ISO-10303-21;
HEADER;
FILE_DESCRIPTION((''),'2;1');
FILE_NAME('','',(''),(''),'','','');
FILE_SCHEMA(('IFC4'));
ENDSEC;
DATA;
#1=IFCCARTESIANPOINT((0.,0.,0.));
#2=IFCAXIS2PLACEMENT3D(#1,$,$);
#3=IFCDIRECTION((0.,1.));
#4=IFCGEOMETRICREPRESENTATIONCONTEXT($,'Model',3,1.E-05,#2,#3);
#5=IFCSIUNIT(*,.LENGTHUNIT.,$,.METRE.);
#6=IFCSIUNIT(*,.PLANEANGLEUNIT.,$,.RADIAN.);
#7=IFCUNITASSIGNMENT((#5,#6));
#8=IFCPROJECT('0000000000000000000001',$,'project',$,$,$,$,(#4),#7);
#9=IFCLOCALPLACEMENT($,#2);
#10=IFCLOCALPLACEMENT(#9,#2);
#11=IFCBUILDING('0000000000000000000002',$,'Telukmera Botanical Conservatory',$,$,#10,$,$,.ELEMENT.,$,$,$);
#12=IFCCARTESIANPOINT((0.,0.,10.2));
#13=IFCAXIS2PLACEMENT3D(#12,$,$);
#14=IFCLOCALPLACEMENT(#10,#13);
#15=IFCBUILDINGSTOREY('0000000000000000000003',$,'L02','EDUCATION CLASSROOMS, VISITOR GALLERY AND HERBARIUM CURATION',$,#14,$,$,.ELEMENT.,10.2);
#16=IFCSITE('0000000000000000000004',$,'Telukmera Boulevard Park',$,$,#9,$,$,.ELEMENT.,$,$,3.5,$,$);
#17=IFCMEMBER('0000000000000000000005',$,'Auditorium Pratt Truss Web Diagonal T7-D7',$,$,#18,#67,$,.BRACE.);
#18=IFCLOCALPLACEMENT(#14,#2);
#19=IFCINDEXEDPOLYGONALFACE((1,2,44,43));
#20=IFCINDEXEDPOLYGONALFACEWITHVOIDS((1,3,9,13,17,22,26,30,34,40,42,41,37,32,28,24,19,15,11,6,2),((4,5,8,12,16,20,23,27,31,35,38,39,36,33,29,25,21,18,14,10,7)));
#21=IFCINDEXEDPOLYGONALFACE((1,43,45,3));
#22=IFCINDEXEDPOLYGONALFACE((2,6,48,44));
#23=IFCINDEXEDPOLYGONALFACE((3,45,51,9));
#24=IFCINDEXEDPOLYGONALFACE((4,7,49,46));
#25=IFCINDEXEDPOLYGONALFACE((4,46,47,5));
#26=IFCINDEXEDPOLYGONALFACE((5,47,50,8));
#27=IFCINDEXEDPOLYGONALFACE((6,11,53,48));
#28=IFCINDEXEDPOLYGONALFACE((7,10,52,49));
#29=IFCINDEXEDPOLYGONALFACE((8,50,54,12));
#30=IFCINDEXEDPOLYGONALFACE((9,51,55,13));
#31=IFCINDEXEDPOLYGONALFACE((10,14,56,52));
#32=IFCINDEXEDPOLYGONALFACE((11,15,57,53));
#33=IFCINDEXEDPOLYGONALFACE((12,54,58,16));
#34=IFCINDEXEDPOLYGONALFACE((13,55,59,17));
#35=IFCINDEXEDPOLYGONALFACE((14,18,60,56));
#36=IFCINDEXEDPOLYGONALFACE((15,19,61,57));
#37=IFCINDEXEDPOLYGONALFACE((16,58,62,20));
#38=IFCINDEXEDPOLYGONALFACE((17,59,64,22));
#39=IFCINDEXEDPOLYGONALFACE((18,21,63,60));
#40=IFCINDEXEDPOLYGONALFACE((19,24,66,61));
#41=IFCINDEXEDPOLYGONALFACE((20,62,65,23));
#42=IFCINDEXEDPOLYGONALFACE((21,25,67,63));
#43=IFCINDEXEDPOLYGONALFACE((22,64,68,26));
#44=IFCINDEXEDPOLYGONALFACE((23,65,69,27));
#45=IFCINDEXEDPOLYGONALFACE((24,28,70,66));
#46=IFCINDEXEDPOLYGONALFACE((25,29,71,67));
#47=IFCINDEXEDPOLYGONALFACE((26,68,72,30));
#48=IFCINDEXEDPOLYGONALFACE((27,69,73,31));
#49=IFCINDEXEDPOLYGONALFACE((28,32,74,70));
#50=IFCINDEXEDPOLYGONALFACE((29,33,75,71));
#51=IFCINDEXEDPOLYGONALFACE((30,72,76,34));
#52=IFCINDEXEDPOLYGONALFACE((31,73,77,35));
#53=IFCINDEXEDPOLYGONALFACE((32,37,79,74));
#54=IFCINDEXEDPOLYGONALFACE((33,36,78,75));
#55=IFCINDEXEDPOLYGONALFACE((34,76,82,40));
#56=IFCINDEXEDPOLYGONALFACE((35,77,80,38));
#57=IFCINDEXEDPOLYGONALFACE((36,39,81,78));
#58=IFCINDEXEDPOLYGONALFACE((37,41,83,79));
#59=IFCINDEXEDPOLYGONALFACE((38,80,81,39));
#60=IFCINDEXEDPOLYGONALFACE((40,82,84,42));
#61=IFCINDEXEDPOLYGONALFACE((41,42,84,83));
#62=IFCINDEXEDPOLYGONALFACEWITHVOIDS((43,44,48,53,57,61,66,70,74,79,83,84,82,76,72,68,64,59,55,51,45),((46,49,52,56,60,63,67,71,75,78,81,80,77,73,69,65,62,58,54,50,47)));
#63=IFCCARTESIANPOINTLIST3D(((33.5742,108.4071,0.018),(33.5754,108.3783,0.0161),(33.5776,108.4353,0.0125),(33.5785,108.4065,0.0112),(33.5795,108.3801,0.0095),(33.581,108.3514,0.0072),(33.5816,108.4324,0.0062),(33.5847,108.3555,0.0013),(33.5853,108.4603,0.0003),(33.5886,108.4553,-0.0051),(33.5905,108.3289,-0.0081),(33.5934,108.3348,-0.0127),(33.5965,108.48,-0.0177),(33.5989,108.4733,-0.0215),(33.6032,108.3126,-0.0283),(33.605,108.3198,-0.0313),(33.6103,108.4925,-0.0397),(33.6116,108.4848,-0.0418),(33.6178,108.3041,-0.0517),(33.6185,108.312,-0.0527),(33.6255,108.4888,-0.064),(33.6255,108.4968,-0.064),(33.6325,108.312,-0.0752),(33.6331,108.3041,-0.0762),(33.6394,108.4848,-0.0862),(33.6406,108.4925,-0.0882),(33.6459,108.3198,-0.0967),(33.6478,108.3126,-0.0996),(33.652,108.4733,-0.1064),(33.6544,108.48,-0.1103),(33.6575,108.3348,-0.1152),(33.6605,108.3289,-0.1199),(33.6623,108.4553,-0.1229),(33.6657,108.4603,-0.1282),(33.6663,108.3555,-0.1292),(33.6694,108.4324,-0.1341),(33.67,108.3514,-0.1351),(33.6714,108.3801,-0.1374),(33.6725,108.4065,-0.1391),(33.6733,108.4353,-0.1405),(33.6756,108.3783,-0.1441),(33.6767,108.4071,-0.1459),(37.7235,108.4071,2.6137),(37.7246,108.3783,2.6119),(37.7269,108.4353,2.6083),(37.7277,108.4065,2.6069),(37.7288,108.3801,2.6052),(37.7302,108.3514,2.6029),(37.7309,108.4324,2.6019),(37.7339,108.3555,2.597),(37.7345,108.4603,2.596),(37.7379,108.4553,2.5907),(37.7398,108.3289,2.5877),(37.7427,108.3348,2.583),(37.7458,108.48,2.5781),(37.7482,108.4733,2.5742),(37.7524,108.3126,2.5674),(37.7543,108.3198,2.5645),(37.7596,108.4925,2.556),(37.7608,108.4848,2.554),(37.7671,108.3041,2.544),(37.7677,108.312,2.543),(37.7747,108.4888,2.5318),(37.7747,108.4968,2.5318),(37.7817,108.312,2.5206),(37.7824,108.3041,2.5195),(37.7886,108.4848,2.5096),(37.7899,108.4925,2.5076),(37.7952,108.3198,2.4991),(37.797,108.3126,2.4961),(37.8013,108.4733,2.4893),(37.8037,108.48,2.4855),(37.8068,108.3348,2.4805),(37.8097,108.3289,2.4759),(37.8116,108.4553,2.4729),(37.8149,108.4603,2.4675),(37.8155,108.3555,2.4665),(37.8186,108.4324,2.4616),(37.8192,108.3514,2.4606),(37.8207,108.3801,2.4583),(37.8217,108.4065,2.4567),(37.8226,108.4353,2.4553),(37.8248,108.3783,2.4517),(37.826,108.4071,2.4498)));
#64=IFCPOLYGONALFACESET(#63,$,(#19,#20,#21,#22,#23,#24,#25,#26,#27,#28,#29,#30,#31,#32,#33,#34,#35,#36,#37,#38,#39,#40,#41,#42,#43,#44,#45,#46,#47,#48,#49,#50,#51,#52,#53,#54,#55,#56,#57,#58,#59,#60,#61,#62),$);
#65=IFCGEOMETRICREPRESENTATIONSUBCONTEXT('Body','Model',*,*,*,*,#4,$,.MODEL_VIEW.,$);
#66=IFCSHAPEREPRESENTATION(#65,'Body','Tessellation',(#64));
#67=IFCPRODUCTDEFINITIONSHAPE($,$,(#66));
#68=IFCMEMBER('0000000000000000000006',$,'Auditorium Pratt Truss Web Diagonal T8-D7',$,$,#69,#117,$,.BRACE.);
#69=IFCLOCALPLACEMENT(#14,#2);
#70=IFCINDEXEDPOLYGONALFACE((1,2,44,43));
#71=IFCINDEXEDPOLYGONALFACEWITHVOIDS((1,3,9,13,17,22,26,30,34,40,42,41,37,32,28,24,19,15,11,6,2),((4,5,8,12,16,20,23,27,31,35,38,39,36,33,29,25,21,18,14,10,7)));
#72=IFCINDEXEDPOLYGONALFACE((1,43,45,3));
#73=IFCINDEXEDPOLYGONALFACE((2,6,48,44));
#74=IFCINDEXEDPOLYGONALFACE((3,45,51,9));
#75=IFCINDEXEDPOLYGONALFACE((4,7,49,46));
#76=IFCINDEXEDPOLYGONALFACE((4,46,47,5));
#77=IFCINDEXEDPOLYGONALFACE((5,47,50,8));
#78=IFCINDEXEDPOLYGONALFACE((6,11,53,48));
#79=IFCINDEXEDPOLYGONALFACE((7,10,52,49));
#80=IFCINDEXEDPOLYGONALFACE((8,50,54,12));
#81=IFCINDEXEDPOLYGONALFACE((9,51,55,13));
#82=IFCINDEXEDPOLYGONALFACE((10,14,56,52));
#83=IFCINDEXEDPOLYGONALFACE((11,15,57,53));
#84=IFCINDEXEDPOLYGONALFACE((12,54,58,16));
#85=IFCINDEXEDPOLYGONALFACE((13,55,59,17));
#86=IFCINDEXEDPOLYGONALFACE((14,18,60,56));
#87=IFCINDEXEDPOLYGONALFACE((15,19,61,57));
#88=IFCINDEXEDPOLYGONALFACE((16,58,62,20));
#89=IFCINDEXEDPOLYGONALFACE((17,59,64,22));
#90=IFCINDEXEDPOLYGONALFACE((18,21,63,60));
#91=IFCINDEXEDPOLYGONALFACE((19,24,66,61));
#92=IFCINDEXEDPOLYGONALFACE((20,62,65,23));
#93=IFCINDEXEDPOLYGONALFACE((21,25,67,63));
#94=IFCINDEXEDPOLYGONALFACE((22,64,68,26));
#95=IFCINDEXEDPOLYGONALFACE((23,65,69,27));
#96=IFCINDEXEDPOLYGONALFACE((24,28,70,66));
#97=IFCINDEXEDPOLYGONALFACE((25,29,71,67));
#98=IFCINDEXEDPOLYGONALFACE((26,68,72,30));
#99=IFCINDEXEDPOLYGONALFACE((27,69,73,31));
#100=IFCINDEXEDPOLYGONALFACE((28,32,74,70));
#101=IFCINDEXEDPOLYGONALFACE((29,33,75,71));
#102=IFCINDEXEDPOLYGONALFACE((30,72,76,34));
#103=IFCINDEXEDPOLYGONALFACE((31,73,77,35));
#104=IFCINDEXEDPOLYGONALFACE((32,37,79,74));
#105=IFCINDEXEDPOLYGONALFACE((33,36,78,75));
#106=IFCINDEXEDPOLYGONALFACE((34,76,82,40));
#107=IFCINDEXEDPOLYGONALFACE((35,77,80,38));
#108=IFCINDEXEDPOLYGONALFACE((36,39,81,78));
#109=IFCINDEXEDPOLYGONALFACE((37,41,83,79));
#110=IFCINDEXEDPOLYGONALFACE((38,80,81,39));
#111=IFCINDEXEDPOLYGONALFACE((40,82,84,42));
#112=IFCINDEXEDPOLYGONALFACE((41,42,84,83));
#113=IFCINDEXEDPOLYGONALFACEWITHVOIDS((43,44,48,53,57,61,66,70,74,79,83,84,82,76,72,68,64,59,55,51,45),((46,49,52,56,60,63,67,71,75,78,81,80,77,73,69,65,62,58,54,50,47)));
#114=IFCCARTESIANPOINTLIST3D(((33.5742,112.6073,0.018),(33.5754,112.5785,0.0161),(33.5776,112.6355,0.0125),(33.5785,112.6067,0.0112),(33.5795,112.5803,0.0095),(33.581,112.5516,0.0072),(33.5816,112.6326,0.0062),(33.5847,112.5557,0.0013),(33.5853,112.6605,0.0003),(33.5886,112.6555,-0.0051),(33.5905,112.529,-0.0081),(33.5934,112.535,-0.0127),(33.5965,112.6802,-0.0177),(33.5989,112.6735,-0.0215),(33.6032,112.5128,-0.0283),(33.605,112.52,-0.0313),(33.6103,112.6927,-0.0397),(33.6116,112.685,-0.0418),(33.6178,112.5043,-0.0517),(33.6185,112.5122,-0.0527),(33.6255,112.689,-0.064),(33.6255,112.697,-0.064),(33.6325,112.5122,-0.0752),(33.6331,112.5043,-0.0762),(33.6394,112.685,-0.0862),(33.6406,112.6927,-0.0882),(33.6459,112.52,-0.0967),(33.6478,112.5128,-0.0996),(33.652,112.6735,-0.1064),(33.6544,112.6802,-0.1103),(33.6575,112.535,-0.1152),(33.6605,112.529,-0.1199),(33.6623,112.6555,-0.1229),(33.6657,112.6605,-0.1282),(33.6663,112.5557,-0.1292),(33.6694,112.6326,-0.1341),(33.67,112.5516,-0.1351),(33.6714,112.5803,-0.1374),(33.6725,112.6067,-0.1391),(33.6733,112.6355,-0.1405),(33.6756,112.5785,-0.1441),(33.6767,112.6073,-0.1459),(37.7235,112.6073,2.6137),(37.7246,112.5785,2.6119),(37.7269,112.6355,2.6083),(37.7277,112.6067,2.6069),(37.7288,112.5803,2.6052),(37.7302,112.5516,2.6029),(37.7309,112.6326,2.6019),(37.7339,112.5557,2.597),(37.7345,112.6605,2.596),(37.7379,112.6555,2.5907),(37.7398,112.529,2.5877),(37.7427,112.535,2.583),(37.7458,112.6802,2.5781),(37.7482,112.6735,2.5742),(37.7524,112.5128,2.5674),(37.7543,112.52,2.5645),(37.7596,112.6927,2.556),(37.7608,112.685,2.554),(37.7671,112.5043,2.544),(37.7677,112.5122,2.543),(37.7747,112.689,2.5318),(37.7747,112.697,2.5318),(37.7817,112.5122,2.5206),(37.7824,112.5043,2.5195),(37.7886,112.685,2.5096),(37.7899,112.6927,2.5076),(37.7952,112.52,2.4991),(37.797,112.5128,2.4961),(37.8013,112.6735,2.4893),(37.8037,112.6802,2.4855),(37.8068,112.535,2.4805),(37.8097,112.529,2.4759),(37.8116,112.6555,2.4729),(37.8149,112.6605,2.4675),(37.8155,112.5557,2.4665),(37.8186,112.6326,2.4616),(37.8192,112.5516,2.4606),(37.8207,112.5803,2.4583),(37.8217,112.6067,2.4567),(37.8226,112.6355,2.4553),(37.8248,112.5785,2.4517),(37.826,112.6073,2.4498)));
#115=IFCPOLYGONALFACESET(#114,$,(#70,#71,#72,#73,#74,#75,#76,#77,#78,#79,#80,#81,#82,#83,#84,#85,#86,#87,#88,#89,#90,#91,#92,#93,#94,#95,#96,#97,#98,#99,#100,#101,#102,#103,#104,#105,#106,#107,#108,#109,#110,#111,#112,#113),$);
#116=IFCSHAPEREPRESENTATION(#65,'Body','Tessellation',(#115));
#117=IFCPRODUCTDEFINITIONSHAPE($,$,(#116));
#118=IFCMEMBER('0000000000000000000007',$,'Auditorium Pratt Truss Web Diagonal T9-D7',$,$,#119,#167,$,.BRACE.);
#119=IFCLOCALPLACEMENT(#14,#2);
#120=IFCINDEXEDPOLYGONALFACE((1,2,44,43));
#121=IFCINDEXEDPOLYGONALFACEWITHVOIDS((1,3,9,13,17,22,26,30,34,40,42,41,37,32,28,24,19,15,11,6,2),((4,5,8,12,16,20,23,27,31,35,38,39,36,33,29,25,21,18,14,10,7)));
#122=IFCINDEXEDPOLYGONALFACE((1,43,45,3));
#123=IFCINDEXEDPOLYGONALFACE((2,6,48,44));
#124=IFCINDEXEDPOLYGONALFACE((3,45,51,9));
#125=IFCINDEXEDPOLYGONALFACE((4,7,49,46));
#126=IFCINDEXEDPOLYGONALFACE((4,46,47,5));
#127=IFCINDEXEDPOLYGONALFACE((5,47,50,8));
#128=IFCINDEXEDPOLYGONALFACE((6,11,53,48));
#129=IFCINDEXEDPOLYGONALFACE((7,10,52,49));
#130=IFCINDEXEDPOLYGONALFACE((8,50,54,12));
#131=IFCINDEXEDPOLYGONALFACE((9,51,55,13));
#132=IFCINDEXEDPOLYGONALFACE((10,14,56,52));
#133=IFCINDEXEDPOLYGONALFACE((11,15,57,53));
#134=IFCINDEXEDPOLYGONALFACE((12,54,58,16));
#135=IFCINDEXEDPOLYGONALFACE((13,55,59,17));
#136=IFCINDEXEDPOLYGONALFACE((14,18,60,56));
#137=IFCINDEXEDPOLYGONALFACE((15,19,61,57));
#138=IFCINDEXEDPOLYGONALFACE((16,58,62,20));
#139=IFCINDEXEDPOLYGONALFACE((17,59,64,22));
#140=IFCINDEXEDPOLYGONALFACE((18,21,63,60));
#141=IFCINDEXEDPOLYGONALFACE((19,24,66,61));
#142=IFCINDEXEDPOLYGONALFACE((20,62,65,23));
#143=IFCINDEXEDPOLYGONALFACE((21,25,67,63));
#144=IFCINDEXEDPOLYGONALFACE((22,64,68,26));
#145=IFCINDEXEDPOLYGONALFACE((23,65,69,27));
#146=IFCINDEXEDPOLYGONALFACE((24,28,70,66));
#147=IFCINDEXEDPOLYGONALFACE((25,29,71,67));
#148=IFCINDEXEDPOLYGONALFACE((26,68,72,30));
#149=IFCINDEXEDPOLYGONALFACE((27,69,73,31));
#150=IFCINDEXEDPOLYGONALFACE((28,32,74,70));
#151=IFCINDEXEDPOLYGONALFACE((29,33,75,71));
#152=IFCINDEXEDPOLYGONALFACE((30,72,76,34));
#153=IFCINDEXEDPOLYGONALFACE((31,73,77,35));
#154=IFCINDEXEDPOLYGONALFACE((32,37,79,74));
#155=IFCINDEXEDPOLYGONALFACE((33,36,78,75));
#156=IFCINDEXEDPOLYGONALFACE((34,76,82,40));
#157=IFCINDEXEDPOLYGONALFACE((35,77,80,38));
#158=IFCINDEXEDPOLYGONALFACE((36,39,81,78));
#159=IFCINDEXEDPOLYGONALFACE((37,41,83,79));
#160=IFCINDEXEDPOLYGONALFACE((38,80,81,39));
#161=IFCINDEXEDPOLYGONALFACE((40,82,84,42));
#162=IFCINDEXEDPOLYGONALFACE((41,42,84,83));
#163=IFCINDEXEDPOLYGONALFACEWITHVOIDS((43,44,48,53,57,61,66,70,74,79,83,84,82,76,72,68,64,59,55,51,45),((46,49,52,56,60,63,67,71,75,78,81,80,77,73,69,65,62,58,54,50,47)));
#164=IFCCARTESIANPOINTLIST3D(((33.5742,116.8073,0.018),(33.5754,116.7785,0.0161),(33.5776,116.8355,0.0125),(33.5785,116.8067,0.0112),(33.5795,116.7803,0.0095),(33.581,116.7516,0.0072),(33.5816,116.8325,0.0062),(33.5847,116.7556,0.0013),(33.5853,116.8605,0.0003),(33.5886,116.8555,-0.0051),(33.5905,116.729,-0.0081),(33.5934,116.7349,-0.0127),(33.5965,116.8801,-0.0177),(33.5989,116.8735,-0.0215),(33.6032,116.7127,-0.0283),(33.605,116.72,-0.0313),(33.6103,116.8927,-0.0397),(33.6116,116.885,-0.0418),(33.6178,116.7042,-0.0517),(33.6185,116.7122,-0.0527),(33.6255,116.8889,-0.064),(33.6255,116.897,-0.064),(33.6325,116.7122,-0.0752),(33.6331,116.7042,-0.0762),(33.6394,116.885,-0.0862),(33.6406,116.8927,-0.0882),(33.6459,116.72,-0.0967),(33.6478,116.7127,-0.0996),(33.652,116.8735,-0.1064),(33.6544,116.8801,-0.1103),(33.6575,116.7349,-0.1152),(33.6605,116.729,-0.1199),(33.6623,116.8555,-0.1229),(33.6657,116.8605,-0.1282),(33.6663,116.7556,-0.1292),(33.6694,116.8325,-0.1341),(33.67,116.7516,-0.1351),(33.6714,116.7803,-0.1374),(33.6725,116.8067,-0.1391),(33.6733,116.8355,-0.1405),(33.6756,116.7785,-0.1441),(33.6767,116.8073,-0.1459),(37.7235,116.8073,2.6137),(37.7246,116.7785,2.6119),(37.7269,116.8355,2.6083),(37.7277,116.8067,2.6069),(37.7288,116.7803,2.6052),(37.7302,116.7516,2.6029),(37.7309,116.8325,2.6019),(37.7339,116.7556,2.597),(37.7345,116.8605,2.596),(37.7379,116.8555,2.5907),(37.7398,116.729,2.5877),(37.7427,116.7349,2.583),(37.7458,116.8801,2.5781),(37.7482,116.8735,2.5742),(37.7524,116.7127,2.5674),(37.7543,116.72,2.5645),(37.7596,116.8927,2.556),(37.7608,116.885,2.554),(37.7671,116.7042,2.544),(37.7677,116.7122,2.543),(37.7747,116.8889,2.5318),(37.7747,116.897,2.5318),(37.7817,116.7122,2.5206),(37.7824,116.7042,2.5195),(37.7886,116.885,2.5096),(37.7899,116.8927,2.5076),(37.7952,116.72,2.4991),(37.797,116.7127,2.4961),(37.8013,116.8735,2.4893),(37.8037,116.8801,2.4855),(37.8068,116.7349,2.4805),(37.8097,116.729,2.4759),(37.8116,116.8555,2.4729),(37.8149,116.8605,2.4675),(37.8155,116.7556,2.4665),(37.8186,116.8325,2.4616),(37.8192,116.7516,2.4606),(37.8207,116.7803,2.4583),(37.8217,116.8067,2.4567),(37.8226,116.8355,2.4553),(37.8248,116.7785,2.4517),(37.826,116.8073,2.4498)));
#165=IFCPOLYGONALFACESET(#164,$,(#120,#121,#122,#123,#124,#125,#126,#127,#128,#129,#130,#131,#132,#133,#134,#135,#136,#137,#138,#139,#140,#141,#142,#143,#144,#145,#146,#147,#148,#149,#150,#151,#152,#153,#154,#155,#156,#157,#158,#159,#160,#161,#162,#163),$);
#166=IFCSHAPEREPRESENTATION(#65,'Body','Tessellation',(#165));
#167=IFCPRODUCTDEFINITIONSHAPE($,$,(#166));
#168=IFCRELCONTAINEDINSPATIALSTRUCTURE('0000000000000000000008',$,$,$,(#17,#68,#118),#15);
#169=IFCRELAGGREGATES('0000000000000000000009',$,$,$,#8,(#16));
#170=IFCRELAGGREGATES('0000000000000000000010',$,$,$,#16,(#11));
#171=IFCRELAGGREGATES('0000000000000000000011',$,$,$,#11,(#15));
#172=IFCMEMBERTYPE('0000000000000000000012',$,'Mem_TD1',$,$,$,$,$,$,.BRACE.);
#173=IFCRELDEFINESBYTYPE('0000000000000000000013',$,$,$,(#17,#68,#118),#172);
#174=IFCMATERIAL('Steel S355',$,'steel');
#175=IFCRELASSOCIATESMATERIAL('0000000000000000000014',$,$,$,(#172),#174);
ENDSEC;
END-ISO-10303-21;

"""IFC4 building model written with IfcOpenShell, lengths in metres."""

from ifc_helpers import new_model, si_unit, direction, frame, origin, origin_2d, place, context, subcontext, project, spatial, hollow_circle, extrude, material, material_profile, profile_set, type_object, element, save


model = new_model("IFC4")

# Units and contexts
model_context = context("Model", 3, precision=1e-05, world=origin(), true_north=direction((0.0, 1.0)))
body_context = subcontext(model_context, "Body", "Model", "MODEL_VIEW")
ifc_project = project(units=[si_unit("LENGTHUNIT", "METRE"), si_unit("PLANEANGLEUNIT", "RADIAN")], contexts=[model_context])

# Site, building, storey
site_placement = place(None, origin())
site = spatial("IfcSite", under=ifc_project, at=site_placement, Name="Telukmera Boulevard Park", CompositionType="ELEMENT", RefElevation=3.5)
building_placement = place(site_placement, origin())
building = spatial("IfcBuilding", under=site, at=building_placement, Name="Telukmera Botanical Conservatory", CompositionType="ELEMENT")
storey_placement = place(building_placement, frame((0.0, 0.0, 10.2)))
storey = spatial("IfcBuildingStorey", under=building, at=storey_placement, Name="L02", Description="EDUCATION CLASSROOMS, VISITOR GALLERY AND HERBARIUM CURATION", CompositionType="ELEMENT", Elevation=10.2)

# Members
ifc_material_1 = material(Name="Steel S355", Category="steel")
ifc_material_profile_1 = material_profile(ifc_material_1, hollow_circle(Radius=0.0969, WallThickness=0.0081, at=origin_2d()), Name="CHS 193.7x8.0")
ifc_profile_set_1 = profile_set([ifc_material_profile_1], Name="Steel S355")
member_type_1 = type_object("IfcMemberType", Name="Mem_TD1", PredefinedType="BRACE", material=ifc_profile_set_1)
for number, where, z_axis, x_axis, name in (
    (1, (33.6255, 108.3999, -0.064), (0.847771, 0.0, 0.530362), (0.0, 1.0, 0.0), "Auditorium Pratt Truss Web Diagonal T7-D7"),
    (2, (33.6255, 112.6001, -0.064), (0.847771, 0.0, 0.530362), (0.0, 1.0, 0.0), "Auditorium Pratt Truss Web Diagonal T8-D7"),
    (3, (33.6255, 116.8, -0.064), (0.847771, 0.0, 0.530362), (0.0, 1.0, 0.0), "Auditorium Pratt Truss Web Diagonal T9-D7"),
):
    element("IfcMember", number, at=place(storey_placement, frame(where, z_axis=z_axis, x_axis=x_axis)), inside=storey, type_object=member_type_1, Name=name, PredefinedType="BRACE", context=body_context, shape_type="SweptSolid", body=[
        extrude(hollow_circle(Radius=0.0969, WallThickness=0.0081, at=origin_2d()), origin(), (0.0, 0.0, 1.0), 4.8943),
    ])

save(model, "model.ifc")
